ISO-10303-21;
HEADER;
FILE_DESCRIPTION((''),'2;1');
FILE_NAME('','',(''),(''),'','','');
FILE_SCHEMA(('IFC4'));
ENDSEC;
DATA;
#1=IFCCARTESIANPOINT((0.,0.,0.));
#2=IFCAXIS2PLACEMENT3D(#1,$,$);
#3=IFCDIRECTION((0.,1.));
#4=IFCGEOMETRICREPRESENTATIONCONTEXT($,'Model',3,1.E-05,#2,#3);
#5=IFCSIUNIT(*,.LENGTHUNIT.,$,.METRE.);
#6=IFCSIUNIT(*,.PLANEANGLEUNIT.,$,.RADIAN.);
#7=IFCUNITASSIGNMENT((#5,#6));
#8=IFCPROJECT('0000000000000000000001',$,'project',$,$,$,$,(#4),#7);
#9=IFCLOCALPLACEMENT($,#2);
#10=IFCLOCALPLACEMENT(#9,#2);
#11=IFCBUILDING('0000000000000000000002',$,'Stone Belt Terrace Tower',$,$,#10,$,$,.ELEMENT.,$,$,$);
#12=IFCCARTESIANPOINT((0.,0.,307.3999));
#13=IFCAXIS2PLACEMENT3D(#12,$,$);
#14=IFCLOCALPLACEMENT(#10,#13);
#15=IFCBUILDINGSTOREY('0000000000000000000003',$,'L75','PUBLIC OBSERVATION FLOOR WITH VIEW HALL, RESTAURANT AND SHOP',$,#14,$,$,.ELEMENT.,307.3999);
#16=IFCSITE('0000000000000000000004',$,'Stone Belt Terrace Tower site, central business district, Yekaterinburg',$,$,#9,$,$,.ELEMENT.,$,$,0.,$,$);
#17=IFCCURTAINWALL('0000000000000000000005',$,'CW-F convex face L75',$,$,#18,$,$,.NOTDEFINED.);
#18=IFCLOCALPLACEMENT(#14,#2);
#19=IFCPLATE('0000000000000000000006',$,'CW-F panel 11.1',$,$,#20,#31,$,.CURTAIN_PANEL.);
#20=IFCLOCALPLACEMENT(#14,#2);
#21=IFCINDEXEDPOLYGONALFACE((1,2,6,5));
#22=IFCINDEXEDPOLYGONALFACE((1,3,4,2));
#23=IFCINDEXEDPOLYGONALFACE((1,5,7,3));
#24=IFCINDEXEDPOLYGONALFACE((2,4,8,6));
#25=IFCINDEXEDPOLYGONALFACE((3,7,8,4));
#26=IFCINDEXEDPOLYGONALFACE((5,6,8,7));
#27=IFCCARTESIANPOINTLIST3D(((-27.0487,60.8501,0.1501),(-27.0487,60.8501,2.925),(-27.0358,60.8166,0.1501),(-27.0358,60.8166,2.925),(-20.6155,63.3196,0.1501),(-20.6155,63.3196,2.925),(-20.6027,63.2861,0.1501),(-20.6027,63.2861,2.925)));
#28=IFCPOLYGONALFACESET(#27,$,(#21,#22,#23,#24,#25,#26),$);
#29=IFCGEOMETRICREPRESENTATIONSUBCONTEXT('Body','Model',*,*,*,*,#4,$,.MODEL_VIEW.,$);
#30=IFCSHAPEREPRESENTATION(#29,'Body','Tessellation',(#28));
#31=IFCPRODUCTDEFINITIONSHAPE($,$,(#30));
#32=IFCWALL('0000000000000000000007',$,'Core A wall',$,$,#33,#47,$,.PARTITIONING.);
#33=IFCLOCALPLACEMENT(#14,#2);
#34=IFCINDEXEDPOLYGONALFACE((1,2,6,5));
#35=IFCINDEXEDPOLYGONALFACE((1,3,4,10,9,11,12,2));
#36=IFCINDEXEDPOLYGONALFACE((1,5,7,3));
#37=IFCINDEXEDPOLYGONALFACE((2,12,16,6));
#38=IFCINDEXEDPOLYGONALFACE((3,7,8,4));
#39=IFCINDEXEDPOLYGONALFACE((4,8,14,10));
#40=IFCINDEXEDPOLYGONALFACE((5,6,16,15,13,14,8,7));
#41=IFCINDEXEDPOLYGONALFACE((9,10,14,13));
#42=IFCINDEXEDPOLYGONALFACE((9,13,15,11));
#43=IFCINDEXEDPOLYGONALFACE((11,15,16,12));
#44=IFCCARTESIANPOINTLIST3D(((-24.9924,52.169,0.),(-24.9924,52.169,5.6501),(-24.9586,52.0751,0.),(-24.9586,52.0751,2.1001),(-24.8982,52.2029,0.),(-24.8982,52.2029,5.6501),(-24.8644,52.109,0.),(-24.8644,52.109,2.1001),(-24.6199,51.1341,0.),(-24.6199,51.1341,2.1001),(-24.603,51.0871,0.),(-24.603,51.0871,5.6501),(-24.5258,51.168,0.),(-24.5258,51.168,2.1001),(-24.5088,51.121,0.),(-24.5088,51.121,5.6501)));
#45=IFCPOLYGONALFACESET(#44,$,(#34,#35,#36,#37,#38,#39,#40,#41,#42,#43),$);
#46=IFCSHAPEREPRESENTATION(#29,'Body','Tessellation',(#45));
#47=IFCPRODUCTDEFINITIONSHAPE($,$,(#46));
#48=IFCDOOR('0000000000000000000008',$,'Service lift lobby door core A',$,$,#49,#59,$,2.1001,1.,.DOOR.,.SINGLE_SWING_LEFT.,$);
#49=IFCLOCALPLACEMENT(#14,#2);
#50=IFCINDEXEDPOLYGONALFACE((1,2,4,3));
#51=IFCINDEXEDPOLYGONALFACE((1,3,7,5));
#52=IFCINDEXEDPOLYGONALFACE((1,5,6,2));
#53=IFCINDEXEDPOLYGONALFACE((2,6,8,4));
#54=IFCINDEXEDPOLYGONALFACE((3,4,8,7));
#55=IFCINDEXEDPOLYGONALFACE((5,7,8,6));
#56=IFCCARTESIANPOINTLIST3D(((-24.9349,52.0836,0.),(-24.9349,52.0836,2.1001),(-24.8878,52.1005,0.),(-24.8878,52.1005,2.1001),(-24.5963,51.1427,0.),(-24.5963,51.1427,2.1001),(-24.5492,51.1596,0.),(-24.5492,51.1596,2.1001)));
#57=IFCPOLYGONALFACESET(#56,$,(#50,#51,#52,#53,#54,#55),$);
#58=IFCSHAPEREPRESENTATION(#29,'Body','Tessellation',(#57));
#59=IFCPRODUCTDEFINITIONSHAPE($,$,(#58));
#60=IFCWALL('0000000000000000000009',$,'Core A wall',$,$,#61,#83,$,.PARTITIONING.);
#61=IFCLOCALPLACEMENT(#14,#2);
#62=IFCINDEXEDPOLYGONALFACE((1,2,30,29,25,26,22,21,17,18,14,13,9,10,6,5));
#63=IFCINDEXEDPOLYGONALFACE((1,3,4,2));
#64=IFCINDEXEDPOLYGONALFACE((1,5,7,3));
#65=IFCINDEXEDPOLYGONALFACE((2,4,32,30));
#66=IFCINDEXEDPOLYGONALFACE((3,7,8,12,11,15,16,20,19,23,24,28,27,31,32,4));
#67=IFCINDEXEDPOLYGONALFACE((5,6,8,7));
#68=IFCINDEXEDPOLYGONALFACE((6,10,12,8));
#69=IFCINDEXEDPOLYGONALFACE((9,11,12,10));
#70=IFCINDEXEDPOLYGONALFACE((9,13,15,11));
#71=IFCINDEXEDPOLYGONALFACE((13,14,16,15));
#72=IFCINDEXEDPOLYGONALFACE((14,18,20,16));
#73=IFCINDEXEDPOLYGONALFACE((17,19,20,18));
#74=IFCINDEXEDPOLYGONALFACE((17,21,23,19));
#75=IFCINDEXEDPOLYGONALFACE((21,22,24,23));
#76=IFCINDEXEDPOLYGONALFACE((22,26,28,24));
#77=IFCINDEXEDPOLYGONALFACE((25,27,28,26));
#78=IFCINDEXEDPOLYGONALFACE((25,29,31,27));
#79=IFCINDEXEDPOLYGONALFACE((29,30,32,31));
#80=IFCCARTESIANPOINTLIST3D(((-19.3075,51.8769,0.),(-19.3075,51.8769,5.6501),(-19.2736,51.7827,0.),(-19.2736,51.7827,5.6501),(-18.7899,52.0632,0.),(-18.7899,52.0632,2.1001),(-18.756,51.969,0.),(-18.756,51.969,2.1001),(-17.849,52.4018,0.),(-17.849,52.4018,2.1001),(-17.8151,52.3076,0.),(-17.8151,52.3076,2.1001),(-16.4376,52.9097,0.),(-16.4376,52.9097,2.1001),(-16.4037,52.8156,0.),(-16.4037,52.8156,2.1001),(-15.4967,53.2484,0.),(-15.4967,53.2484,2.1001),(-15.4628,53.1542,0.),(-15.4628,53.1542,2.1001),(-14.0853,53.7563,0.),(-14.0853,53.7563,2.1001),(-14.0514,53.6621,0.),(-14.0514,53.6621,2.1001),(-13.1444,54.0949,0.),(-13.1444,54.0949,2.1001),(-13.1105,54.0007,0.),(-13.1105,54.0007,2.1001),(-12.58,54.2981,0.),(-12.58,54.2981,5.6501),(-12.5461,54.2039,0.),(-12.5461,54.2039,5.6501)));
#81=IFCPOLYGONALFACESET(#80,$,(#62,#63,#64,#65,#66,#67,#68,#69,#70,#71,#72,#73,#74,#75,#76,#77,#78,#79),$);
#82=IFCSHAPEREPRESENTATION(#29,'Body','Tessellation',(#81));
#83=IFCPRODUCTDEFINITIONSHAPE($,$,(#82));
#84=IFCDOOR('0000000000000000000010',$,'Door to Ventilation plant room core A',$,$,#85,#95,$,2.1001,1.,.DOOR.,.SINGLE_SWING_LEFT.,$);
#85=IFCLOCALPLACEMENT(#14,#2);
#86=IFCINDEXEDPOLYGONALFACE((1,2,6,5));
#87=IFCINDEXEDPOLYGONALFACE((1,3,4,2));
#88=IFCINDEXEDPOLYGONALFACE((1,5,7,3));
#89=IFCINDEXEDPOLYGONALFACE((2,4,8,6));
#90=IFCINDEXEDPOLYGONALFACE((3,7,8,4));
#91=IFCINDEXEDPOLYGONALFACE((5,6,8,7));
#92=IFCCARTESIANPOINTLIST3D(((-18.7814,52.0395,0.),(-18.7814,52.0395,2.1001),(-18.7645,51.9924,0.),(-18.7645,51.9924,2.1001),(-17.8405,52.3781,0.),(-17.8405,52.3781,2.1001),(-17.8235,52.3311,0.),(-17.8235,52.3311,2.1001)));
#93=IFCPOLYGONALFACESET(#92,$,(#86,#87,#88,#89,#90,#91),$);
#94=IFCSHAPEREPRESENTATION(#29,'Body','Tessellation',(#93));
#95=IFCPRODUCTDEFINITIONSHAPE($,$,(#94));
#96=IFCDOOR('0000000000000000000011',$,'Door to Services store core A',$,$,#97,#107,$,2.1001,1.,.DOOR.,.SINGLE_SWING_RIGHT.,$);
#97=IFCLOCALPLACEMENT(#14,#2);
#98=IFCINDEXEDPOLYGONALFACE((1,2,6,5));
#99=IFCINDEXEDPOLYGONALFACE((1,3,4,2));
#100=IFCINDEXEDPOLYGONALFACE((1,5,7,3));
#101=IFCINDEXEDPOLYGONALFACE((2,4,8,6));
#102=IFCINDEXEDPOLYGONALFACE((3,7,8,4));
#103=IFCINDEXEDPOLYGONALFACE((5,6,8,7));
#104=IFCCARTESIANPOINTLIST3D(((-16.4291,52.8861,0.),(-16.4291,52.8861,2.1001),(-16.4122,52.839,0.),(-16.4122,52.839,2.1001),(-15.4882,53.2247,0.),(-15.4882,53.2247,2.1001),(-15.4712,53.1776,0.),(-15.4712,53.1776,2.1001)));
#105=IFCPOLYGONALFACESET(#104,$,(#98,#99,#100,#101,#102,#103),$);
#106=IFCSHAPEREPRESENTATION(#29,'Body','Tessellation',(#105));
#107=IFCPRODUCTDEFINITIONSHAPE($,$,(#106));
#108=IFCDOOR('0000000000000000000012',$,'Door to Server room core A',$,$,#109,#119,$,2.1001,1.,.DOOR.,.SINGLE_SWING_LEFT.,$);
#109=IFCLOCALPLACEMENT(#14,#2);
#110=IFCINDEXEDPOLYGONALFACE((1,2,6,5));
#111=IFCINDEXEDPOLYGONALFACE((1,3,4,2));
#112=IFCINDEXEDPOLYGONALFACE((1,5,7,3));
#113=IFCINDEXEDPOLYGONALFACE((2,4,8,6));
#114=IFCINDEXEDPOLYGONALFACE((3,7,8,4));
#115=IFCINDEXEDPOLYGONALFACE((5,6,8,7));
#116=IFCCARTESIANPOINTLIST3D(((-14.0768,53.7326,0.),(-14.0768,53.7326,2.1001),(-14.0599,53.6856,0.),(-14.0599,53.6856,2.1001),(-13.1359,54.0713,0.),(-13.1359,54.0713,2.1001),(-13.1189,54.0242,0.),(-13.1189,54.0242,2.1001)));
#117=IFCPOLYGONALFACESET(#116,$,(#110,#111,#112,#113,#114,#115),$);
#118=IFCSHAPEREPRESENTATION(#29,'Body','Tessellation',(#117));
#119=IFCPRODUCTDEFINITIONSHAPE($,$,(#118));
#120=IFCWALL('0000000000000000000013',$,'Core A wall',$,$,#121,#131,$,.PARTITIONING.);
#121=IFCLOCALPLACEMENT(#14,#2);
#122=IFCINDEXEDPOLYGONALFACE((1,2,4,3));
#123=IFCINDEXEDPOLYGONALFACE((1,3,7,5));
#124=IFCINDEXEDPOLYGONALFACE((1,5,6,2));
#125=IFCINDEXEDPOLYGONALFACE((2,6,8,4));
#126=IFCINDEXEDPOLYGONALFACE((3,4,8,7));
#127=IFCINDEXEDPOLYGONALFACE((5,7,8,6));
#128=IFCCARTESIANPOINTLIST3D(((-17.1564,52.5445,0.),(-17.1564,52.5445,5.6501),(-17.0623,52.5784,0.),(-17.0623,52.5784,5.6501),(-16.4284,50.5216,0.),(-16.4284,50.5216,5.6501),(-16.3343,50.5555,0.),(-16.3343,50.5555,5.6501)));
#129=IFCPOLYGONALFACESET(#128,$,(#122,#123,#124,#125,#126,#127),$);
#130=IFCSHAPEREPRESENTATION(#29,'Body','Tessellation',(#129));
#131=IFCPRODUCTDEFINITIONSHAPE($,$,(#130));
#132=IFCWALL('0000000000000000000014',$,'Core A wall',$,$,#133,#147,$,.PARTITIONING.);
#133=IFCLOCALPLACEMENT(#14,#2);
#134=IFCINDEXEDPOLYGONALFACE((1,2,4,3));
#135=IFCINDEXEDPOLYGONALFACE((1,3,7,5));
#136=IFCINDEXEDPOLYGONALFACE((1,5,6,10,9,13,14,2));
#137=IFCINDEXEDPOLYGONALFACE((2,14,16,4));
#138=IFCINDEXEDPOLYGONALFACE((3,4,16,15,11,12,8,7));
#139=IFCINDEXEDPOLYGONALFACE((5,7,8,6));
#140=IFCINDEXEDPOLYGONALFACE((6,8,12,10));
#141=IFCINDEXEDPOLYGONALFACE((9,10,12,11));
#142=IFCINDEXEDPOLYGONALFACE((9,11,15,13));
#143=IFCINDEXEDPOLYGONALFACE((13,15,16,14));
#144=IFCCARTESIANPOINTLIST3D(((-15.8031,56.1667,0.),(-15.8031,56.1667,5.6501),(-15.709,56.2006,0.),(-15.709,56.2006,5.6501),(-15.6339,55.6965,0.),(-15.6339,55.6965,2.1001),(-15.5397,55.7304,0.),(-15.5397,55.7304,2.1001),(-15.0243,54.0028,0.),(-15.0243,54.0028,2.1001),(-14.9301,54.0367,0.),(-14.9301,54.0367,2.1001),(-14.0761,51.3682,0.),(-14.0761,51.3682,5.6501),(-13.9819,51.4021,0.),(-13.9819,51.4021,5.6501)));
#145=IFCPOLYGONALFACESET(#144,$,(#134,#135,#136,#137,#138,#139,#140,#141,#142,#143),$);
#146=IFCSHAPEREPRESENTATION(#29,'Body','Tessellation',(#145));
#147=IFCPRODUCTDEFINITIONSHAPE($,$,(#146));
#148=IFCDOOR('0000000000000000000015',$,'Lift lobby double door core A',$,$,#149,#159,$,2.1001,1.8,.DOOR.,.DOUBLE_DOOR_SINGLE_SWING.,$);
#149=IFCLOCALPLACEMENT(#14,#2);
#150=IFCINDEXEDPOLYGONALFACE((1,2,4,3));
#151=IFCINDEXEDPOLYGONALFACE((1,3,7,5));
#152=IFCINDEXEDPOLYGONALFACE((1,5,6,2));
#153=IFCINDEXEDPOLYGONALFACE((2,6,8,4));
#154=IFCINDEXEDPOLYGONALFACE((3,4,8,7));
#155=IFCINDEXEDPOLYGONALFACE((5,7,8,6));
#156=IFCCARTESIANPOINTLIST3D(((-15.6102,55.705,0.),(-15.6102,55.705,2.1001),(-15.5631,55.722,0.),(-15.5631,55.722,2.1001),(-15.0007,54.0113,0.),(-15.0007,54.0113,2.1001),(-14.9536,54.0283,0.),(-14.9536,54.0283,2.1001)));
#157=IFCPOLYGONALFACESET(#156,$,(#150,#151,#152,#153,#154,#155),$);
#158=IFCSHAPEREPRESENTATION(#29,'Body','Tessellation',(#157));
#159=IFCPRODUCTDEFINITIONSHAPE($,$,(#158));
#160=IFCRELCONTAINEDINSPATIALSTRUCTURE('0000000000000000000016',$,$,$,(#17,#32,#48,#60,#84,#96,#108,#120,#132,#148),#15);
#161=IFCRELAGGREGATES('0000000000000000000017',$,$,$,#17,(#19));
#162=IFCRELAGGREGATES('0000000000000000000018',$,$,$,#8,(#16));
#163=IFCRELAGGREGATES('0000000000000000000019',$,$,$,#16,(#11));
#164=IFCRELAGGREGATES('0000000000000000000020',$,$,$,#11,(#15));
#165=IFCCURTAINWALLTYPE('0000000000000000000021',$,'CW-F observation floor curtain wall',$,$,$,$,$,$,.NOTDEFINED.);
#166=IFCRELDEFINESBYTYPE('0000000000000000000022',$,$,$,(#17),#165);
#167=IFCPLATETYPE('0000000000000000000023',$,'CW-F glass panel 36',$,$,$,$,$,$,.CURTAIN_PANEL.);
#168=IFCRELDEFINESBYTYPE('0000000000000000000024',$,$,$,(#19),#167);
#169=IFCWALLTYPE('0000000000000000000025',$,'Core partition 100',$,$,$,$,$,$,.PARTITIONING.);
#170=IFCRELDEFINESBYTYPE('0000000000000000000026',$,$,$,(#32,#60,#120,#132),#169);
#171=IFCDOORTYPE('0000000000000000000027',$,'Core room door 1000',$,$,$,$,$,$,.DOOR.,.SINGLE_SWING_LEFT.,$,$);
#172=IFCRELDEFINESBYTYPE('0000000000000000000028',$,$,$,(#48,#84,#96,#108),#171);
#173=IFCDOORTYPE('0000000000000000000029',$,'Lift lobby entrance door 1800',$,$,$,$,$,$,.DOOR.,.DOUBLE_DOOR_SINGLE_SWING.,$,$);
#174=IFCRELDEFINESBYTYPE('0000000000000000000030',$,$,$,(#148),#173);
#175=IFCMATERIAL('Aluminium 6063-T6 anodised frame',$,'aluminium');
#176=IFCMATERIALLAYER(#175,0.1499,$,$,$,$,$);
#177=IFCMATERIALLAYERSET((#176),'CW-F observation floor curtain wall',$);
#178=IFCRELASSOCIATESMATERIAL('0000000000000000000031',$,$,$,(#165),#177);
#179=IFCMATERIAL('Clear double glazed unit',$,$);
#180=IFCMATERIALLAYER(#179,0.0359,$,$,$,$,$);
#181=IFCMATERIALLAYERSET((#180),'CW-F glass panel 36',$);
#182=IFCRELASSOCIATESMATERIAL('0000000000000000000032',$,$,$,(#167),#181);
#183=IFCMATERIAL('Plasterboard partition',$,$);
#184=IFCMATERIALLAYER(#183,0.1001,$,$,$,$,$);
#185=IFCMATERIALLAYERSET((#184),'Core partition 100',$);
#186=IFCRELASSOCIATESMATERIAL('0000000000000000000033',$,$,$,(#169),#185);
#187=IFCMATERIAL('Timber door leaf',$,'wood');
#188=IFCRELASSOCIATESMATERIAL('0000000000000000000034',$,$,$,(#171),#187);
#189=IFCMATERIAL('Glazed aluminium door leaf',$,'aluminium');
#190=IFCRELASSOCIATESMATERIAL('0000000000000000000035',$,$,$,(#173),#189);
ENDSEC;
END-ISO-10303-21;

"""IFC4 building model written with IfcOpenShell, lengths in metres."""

from ifc_helpers import new_model, si_unit, direction, frame, frame_2d, origin, origin_2d, place, context, subcontext, project, spatial, rectangle, extrude, material, layer, layer_set, type_object, element, fill, aggregate, save


model = new_model("IFC4")

# Units and contexts
model_context = context("Model", 3, precision=1e-05, world=origin(), true_north=direction((0.0, 1.0)))
body_context = subcontext(model_context, "Body", "Model", "MODEL_VIEW")
ifc_project = project(units=[si_unit("LENGTHUNIT", "METRE"), si_unit("PLANEANGLEUNIT", "RADIAN")], contexts=[model_context])

# Site, building, storey
site_placement = place(None, origin())
site = spatial("IfcSite", under=ifc_project, at=site_placement, Name="Stone Belt Terrace Tower site, central business district, Yekaterinburg", CompositionType="ELEMENT", RefElevation=0.0)
building_placement = place(site_placement, origin())
building = spatial("IfcBuilding", under=site, at=building_placement, Name="Stone Belt Terrace Tower", CompositionType="ELEMENT")
storey_placement = place(building_placement, frame((0.0, 0.0, 307.3999)))
storey = spatial("IfcBuildingStorey", under=building, at=storey_placement, Name="L75", Description="PUBLIC OBSERVATION FLOOR WITH VIEW HALL, RESTAURANT AND SHOP", CompositionType="ELEMENT", Elevation=307.3999)

# Curtain wall, plate
ifc_material_1 = material(Name="Aluminium 6063-T6 anodised frame", Category="aluminium")
ifc_layer_1 = layer(ifc_material_1, 0.1499)
ifc_layer_set_1 = layer_set([ifc_layer_1], Name="CW-F observation floor curtain wall")
curtain_wall_type = type_object("IfcCurtainWallType", Name="CW-F observation floor curtain wall", PredefinedType="NOTDEFINED", material=ifc_layer_set_1)
curtain_wall_placement = place(storey_placement, origin())
curtain_wall = element("IfcCurtainWall", 1, at=curtain_wall_placement, inside=storey, type_object=curtain_wall_type, Name="CW-F convex face L75", PredefinedType="NOTDEFINED")
ifc_material_2 = material(Name="Clear double glazed unit")
ifc_layer_2 = layer(ifc_material_2, 0.0359)
ifc_layer_set_2 = layer_set([ifc_layer_2], Name="CW-F glass panel 36")
plate_type = type_object("IfcPlateType", Name="CW-F glass panel 36", PredefinedType="CURTAIN_PANEL", material=ifc_layer_set_2)
plate_placement = place(storey_placement, frame((-23.8257, 62.0681, 0.1501), z_axis=(0.0, 0.0, 1.0), x_axis=(-0.93358, -0.358368, 0.0)))
plate = element("IfcPlate", 2, at=plate_placement, type_object=plate_type, Name="CW-F panel 11.1", PredefinedType="CURTAIN_PANEL", context=body_context, shape_type="SweptSolid", body=[
    extrude(rectangle(XDim=6.8909, YDim=0.0359, at=origin_2d()), origin(), (0.0, 0.0, 1.0), 2.7749),
])
aggregate(curtain_wall, [plate])

# Wall, opening, door
ifc_material_3 = material(Name="Plasterboard partition")
ifc_layer_3 = layer(ifc_material_3, 0.1001)
ifc_layer_set_3 = layer_set([ifc_layer_3], Name="Core partition 100")
wall_type_1 = type_object("IfcWallType", Name="Core partition 100", PredefinedType="PARTITIONING", material=ifc_layer_set_3)
wall_1_placement = place(storey_placement, frame((-24.5559, 51.104, 0.0), z_axis=(0.0, 0.0, 1.0), x_axis=(-0.338622, 0.940923, 0.0)))
wall_1 = element("IfcWall", 3, at=wall_1_placement, inside=storey, type_object=wall_type_1, Name="Core A wall", PredefinedType="PARTITIONING", context=body_context, shape_type="SweptSolid", body=[
    extrude(rectangle(XDim=1.1499, YDim=0.1001, at=frame_2d((0.575, 0.0))), origin(), (0.0, 0.0, 1.0), 5.6501),
])
opening_1_placement = place(wall_1_placement, frame((0.05, 0.0, 0.0)))
opening_1 = element("IfcOpeningElement", 4, at=opening_1_placement, cuts=wall_1, PredefinedType="OPENING", context=body_context, shape_type="SweptSolid", body=[
    extrude(rectangle(XDim=1.0, YDim=2.1001, at=frame_2d((0.5, 1.05))), frame((0.0, 0.0601, 0.0), z_axis=(0.0, -1.0, 0.0), x_axis=(1.0, 0.0, 0.0)), (0.0, 0.0, 1.0), 0.1201),
])
ifc_material_4 = material(Name="Timber door leaf", Category="wood")
door_type_1 = type_object("IfcDoorType", Name="Core room door 1000", OperationType="SINGLE_SWING_LEFT", PredefinedType="DOOR", material=ifc_material_4)
door_1_placement = place(opening_1_placement, origin())
door_1 = element("IfcDoor", 5, at=door_1_placement, inside=storey, type_object=door_type_1, Name="Service lift lobby door core A", OperationType="SINGLE_SWING_LEFT", OverallHeight=2.1001, OverallWidth=1.0, PredefinedType="DOOR", context=body_context, shape_type="SweptSolid", body=[
    extrude(rectangle(XDim=1.0, YDim=2.1001, at=frame_2d((0.5, 1.05))), frame((0.0, 0.0249, 0.0), z_axis=(0.0, -1.0, 0.0), x_axis=(1.0, 0.0, 0.0)), (0.0, 0.0, 1.0), 0.05),
])
fill(opening_1, door_1)

# Wall, openings, doors
wall_2_placement = place(storey_placement, frame((-19.2905, 51.8298, 0.0), z_axis=(0.0, 0.0, 1.0), x_axis=(0.940922, 0.338624, 0.0)))
wall_2 = element("IfcWall", 6, at=wall_2_placement, inside=storey, type_object=wall_type_1, Name="Core A wall", PredefinedType="PARTITIONING", context=body_context, shape_type="SweptSolid", body=[
    extrude(rectangle(XDim=7.1499, YDim=0.1001, at=frame_2d((3.575, 0.0))), origin(), (0.0, 0.0, 1.0), 5.6501),
])
opening_2_placement = place(wall_2_placement, frame((0.55, 0.0, 0.0)))
opening_2 = element("IfcOpeningElement", 7, at=opening_2_placement, cuts=wall_2, PredefinedType="OPENING", context=body_context, shape_type="SweptSolid", body=[
    extrude(rectangle(XDim=1.0, YDim=2.1001, at=frame_2d((0.5, 1.05))), frame((0.0, 0.0601, 0.0), z_axis=(0.0, -1.0, 0.0), x_axis=(1.0, 0.0, 0.0)), (0.0, 0.0, 1.0), 0.1201),
])
opening_3_placement = place(wall_2_placement, frame((3.05, 0.0, 0.0)))
opening_3 = element("IfcOpeningElement", 8, at=opening_3_placement, cuts=wall_2, PredefinedType="OPENING", context=body_context, shape_type="SweptSolid", body=[
    extrude(rectangle(XDim=1.0, YDim=2.1001, at=frame_2d((0.5, 1.05))), frame((0.0, 0.0601, 0.0), z_axis=(0.0, -1.0, 0.0), x_axis=(1.0, 0.0, 0.0)), (0.0, 0.0, 1.0), 0.1201),
])
opening_4_placement = place(wall_2_placement, frame((5.55, 0.0, 0.0)))
opening_4 = element("IfcOpeningElement", 9, at=opening_4_placement, cuts=wall_2, PredefinedType="OPENING", context=body_context, shape_type="SweptSolid", body=[
    extrude(rectangle(XDim=1.0, YDim=2.1001, at=frame_2d((0.5, 1.05))), frame((0.0, 0.0601, 0.0), z_axis=(0.0, -1.0, 0.0), x_axis=(1.0, 0.0, 0.0)), (0.0, 0.0, 1.0), 0.1201),
])
door_2_placement = place(opening_2_placement, origin())
door_2 = element("IfcDoor", 10, at=door_2_placement, inside=storey, type_object=door_type_1, Name="Door to Ventilation plant room core A", OperationType="SINGLE_SWING_LEFT", OverallHeight=2.1001, OverallWidth=1.0, PredefinedType="DOOR", context=body_context, shape_type="SweptSolid", body=[
    extrude(rectangle(XDim=1.0, YDim=2.1001, at=frame_2d((0.5, 1.05))), frame((0.0, 0.0249, 0.0), z_axis=(0.0, -1.0, 0.0), x_axis=(1.0, 0.0, 0.0)), (0.0, 0.0, 1.0), 0.05),
])
fill(opening_2, door_2)
door_3_placement = place(opening_3_placement, origin())
door_3 = element("IfcDoor", 11, at=door_3_placement, inside=storey, type_object=door_type_1, Name="Door to Services store core A", OperationType="SINGLE_SWING_RIGHT", OverallHeight=2.1001, OverallWidth=1.0, PredefinedType="DOOR", context=body_context, shape_type="SweptSolid", body=[
    extrude(rectangle(XDim=1.0, YDim=2.1001, at=frame_2d((0.5, 1.05))), frame((0.0, 0.0249, 0.0), z_axis=(0.0, -1.0, 0.0), x_axis=(1.0, 0.0, 0.0)), (0.0, 0.0, 1.0), 0.05),
])
fill(opening_3, door_3)
door_4_placement = place(opening_4_placement, origin())
door_4 = element("IfcDoor", 12, at=door_4_placement, inside=storey, type_object=door_type_1, Name="Door to Server room core A", OperationType="SINGLE_SWING_LEFT", OverallHeight=2.1001, OverallWidth=1.0, PredefinedType="DOOR", context=body_context, shape_type="SweptSolid", body=[
    extrude(rectangle(XDim=1.0, YDim=2.1001, at=frame_2d((0.5, 1.05))), frame((0.0, 0.0249, 0.0), z_axis=(0.0, -1.0, 0.0), x_axis=(1.0, 0.0, 0.0)), (0.0, 0.0, 1.0), 0.05),
])
fill(opening_4, door_4)

# Wall
wall_3_placement = place(storey_placement, frame((-16.3813, 50.5386, 0.0), z_axis=(0.0, 0.0, 1.0), x_axis=(-0.338623, 0.940922, 0.0)))
element("IfcWall", 13, at=wall_3_placement, inside=storey, type_object=wall_type_1, Name="Core A wall", PredefinedType="PARTITIONING", context=body_context, shape_type="SweptSolid", body=[
    extrude(rectangle(XDim=2.1499, YDim=0.1001, at=frame_2d((1.075, 0.0))), origin(), (0.0, 0.0, 1.0), 5.6501),
])

# Wall, opening, door
wall_4_placement = place(storey_placement, frame((-14.0291, 51.3853, 0.0), z_axis=(0.0, 0.0, 1.0), x_axis=(-0.338643, 0.940915, 0.0)))
wall_4 = element("IfcWall", 14, at=wall_4_placement, inside=storey, type_object=wall_type_1, Name="Core A wall", PredefinedType="PARTITIONING", context=body_context, shape_type="SweptSolid", body=[
    extrude(rectangle(XDim=5.0999, YDim=0.1001, at=frame_2d((2.5498, 0.0))), origin(), (0.0, 0.0, 1.0), 5.6501),
])
opening_5_placement = place(wall_4_placement, frame((2.8, 0.0, 0.0)))
opening_5 = element("IfcOpeningElement", 15, at=opening_5_placement, cuts=wall_4, PredefinedType="OPENING", context=body_context, shape_type="SweptSolid", body=[
    extrude(rectangle(XDim=1.8, YDim=2.1001, at=frame_2d((0.8999, 1.05))), frame((0.0, 0.0601, 0.0), z_axis=(0.0, -1.0, 0.0), x_axis=(1.0, 0.0, 0.0)), (0.0, 0.0, 1.0), 0.1201),
])
ifc_material_5 = material(Name="Glazed aluminium door leaf", Category="aluminium")
door_type_2 = type_object("IfcDoorType", Name="Lift lobby entrance door 1800", OperationType="DOUBLE_DOOR_SINGLE_SWING", PredefinedType="DOOR", material=ifc_material_5)
door_5_placement = place(opening_5_placement, origin())
door_5 = element("IfcDoor", 16, at=door_5_placement, inside=storey, type_object=door_type_2, Name="Lift lobby double door core A", OperationType="DOUBLE_DOOR_SINGLE_SWING", OverallHeight=2.1001, OverallWidth=1.8, PredefinedType="DOOR", context=body_context, shape_type="SweptSolid", body=[
    extrude(rectangle(XDim=1.8, YDim=2.1001, at=frame_2d((0.8999, 1.05))), frame((0.0, 0.0249, 0.0), z_axis=(0.0, -1.0, 0.0), x_axis=(1.0, 0.0, 0.0)), (0.0, 0.0, 1.0), 0.05),
])
fill(opening_5, door_5)

save(model, "model.ifc")
